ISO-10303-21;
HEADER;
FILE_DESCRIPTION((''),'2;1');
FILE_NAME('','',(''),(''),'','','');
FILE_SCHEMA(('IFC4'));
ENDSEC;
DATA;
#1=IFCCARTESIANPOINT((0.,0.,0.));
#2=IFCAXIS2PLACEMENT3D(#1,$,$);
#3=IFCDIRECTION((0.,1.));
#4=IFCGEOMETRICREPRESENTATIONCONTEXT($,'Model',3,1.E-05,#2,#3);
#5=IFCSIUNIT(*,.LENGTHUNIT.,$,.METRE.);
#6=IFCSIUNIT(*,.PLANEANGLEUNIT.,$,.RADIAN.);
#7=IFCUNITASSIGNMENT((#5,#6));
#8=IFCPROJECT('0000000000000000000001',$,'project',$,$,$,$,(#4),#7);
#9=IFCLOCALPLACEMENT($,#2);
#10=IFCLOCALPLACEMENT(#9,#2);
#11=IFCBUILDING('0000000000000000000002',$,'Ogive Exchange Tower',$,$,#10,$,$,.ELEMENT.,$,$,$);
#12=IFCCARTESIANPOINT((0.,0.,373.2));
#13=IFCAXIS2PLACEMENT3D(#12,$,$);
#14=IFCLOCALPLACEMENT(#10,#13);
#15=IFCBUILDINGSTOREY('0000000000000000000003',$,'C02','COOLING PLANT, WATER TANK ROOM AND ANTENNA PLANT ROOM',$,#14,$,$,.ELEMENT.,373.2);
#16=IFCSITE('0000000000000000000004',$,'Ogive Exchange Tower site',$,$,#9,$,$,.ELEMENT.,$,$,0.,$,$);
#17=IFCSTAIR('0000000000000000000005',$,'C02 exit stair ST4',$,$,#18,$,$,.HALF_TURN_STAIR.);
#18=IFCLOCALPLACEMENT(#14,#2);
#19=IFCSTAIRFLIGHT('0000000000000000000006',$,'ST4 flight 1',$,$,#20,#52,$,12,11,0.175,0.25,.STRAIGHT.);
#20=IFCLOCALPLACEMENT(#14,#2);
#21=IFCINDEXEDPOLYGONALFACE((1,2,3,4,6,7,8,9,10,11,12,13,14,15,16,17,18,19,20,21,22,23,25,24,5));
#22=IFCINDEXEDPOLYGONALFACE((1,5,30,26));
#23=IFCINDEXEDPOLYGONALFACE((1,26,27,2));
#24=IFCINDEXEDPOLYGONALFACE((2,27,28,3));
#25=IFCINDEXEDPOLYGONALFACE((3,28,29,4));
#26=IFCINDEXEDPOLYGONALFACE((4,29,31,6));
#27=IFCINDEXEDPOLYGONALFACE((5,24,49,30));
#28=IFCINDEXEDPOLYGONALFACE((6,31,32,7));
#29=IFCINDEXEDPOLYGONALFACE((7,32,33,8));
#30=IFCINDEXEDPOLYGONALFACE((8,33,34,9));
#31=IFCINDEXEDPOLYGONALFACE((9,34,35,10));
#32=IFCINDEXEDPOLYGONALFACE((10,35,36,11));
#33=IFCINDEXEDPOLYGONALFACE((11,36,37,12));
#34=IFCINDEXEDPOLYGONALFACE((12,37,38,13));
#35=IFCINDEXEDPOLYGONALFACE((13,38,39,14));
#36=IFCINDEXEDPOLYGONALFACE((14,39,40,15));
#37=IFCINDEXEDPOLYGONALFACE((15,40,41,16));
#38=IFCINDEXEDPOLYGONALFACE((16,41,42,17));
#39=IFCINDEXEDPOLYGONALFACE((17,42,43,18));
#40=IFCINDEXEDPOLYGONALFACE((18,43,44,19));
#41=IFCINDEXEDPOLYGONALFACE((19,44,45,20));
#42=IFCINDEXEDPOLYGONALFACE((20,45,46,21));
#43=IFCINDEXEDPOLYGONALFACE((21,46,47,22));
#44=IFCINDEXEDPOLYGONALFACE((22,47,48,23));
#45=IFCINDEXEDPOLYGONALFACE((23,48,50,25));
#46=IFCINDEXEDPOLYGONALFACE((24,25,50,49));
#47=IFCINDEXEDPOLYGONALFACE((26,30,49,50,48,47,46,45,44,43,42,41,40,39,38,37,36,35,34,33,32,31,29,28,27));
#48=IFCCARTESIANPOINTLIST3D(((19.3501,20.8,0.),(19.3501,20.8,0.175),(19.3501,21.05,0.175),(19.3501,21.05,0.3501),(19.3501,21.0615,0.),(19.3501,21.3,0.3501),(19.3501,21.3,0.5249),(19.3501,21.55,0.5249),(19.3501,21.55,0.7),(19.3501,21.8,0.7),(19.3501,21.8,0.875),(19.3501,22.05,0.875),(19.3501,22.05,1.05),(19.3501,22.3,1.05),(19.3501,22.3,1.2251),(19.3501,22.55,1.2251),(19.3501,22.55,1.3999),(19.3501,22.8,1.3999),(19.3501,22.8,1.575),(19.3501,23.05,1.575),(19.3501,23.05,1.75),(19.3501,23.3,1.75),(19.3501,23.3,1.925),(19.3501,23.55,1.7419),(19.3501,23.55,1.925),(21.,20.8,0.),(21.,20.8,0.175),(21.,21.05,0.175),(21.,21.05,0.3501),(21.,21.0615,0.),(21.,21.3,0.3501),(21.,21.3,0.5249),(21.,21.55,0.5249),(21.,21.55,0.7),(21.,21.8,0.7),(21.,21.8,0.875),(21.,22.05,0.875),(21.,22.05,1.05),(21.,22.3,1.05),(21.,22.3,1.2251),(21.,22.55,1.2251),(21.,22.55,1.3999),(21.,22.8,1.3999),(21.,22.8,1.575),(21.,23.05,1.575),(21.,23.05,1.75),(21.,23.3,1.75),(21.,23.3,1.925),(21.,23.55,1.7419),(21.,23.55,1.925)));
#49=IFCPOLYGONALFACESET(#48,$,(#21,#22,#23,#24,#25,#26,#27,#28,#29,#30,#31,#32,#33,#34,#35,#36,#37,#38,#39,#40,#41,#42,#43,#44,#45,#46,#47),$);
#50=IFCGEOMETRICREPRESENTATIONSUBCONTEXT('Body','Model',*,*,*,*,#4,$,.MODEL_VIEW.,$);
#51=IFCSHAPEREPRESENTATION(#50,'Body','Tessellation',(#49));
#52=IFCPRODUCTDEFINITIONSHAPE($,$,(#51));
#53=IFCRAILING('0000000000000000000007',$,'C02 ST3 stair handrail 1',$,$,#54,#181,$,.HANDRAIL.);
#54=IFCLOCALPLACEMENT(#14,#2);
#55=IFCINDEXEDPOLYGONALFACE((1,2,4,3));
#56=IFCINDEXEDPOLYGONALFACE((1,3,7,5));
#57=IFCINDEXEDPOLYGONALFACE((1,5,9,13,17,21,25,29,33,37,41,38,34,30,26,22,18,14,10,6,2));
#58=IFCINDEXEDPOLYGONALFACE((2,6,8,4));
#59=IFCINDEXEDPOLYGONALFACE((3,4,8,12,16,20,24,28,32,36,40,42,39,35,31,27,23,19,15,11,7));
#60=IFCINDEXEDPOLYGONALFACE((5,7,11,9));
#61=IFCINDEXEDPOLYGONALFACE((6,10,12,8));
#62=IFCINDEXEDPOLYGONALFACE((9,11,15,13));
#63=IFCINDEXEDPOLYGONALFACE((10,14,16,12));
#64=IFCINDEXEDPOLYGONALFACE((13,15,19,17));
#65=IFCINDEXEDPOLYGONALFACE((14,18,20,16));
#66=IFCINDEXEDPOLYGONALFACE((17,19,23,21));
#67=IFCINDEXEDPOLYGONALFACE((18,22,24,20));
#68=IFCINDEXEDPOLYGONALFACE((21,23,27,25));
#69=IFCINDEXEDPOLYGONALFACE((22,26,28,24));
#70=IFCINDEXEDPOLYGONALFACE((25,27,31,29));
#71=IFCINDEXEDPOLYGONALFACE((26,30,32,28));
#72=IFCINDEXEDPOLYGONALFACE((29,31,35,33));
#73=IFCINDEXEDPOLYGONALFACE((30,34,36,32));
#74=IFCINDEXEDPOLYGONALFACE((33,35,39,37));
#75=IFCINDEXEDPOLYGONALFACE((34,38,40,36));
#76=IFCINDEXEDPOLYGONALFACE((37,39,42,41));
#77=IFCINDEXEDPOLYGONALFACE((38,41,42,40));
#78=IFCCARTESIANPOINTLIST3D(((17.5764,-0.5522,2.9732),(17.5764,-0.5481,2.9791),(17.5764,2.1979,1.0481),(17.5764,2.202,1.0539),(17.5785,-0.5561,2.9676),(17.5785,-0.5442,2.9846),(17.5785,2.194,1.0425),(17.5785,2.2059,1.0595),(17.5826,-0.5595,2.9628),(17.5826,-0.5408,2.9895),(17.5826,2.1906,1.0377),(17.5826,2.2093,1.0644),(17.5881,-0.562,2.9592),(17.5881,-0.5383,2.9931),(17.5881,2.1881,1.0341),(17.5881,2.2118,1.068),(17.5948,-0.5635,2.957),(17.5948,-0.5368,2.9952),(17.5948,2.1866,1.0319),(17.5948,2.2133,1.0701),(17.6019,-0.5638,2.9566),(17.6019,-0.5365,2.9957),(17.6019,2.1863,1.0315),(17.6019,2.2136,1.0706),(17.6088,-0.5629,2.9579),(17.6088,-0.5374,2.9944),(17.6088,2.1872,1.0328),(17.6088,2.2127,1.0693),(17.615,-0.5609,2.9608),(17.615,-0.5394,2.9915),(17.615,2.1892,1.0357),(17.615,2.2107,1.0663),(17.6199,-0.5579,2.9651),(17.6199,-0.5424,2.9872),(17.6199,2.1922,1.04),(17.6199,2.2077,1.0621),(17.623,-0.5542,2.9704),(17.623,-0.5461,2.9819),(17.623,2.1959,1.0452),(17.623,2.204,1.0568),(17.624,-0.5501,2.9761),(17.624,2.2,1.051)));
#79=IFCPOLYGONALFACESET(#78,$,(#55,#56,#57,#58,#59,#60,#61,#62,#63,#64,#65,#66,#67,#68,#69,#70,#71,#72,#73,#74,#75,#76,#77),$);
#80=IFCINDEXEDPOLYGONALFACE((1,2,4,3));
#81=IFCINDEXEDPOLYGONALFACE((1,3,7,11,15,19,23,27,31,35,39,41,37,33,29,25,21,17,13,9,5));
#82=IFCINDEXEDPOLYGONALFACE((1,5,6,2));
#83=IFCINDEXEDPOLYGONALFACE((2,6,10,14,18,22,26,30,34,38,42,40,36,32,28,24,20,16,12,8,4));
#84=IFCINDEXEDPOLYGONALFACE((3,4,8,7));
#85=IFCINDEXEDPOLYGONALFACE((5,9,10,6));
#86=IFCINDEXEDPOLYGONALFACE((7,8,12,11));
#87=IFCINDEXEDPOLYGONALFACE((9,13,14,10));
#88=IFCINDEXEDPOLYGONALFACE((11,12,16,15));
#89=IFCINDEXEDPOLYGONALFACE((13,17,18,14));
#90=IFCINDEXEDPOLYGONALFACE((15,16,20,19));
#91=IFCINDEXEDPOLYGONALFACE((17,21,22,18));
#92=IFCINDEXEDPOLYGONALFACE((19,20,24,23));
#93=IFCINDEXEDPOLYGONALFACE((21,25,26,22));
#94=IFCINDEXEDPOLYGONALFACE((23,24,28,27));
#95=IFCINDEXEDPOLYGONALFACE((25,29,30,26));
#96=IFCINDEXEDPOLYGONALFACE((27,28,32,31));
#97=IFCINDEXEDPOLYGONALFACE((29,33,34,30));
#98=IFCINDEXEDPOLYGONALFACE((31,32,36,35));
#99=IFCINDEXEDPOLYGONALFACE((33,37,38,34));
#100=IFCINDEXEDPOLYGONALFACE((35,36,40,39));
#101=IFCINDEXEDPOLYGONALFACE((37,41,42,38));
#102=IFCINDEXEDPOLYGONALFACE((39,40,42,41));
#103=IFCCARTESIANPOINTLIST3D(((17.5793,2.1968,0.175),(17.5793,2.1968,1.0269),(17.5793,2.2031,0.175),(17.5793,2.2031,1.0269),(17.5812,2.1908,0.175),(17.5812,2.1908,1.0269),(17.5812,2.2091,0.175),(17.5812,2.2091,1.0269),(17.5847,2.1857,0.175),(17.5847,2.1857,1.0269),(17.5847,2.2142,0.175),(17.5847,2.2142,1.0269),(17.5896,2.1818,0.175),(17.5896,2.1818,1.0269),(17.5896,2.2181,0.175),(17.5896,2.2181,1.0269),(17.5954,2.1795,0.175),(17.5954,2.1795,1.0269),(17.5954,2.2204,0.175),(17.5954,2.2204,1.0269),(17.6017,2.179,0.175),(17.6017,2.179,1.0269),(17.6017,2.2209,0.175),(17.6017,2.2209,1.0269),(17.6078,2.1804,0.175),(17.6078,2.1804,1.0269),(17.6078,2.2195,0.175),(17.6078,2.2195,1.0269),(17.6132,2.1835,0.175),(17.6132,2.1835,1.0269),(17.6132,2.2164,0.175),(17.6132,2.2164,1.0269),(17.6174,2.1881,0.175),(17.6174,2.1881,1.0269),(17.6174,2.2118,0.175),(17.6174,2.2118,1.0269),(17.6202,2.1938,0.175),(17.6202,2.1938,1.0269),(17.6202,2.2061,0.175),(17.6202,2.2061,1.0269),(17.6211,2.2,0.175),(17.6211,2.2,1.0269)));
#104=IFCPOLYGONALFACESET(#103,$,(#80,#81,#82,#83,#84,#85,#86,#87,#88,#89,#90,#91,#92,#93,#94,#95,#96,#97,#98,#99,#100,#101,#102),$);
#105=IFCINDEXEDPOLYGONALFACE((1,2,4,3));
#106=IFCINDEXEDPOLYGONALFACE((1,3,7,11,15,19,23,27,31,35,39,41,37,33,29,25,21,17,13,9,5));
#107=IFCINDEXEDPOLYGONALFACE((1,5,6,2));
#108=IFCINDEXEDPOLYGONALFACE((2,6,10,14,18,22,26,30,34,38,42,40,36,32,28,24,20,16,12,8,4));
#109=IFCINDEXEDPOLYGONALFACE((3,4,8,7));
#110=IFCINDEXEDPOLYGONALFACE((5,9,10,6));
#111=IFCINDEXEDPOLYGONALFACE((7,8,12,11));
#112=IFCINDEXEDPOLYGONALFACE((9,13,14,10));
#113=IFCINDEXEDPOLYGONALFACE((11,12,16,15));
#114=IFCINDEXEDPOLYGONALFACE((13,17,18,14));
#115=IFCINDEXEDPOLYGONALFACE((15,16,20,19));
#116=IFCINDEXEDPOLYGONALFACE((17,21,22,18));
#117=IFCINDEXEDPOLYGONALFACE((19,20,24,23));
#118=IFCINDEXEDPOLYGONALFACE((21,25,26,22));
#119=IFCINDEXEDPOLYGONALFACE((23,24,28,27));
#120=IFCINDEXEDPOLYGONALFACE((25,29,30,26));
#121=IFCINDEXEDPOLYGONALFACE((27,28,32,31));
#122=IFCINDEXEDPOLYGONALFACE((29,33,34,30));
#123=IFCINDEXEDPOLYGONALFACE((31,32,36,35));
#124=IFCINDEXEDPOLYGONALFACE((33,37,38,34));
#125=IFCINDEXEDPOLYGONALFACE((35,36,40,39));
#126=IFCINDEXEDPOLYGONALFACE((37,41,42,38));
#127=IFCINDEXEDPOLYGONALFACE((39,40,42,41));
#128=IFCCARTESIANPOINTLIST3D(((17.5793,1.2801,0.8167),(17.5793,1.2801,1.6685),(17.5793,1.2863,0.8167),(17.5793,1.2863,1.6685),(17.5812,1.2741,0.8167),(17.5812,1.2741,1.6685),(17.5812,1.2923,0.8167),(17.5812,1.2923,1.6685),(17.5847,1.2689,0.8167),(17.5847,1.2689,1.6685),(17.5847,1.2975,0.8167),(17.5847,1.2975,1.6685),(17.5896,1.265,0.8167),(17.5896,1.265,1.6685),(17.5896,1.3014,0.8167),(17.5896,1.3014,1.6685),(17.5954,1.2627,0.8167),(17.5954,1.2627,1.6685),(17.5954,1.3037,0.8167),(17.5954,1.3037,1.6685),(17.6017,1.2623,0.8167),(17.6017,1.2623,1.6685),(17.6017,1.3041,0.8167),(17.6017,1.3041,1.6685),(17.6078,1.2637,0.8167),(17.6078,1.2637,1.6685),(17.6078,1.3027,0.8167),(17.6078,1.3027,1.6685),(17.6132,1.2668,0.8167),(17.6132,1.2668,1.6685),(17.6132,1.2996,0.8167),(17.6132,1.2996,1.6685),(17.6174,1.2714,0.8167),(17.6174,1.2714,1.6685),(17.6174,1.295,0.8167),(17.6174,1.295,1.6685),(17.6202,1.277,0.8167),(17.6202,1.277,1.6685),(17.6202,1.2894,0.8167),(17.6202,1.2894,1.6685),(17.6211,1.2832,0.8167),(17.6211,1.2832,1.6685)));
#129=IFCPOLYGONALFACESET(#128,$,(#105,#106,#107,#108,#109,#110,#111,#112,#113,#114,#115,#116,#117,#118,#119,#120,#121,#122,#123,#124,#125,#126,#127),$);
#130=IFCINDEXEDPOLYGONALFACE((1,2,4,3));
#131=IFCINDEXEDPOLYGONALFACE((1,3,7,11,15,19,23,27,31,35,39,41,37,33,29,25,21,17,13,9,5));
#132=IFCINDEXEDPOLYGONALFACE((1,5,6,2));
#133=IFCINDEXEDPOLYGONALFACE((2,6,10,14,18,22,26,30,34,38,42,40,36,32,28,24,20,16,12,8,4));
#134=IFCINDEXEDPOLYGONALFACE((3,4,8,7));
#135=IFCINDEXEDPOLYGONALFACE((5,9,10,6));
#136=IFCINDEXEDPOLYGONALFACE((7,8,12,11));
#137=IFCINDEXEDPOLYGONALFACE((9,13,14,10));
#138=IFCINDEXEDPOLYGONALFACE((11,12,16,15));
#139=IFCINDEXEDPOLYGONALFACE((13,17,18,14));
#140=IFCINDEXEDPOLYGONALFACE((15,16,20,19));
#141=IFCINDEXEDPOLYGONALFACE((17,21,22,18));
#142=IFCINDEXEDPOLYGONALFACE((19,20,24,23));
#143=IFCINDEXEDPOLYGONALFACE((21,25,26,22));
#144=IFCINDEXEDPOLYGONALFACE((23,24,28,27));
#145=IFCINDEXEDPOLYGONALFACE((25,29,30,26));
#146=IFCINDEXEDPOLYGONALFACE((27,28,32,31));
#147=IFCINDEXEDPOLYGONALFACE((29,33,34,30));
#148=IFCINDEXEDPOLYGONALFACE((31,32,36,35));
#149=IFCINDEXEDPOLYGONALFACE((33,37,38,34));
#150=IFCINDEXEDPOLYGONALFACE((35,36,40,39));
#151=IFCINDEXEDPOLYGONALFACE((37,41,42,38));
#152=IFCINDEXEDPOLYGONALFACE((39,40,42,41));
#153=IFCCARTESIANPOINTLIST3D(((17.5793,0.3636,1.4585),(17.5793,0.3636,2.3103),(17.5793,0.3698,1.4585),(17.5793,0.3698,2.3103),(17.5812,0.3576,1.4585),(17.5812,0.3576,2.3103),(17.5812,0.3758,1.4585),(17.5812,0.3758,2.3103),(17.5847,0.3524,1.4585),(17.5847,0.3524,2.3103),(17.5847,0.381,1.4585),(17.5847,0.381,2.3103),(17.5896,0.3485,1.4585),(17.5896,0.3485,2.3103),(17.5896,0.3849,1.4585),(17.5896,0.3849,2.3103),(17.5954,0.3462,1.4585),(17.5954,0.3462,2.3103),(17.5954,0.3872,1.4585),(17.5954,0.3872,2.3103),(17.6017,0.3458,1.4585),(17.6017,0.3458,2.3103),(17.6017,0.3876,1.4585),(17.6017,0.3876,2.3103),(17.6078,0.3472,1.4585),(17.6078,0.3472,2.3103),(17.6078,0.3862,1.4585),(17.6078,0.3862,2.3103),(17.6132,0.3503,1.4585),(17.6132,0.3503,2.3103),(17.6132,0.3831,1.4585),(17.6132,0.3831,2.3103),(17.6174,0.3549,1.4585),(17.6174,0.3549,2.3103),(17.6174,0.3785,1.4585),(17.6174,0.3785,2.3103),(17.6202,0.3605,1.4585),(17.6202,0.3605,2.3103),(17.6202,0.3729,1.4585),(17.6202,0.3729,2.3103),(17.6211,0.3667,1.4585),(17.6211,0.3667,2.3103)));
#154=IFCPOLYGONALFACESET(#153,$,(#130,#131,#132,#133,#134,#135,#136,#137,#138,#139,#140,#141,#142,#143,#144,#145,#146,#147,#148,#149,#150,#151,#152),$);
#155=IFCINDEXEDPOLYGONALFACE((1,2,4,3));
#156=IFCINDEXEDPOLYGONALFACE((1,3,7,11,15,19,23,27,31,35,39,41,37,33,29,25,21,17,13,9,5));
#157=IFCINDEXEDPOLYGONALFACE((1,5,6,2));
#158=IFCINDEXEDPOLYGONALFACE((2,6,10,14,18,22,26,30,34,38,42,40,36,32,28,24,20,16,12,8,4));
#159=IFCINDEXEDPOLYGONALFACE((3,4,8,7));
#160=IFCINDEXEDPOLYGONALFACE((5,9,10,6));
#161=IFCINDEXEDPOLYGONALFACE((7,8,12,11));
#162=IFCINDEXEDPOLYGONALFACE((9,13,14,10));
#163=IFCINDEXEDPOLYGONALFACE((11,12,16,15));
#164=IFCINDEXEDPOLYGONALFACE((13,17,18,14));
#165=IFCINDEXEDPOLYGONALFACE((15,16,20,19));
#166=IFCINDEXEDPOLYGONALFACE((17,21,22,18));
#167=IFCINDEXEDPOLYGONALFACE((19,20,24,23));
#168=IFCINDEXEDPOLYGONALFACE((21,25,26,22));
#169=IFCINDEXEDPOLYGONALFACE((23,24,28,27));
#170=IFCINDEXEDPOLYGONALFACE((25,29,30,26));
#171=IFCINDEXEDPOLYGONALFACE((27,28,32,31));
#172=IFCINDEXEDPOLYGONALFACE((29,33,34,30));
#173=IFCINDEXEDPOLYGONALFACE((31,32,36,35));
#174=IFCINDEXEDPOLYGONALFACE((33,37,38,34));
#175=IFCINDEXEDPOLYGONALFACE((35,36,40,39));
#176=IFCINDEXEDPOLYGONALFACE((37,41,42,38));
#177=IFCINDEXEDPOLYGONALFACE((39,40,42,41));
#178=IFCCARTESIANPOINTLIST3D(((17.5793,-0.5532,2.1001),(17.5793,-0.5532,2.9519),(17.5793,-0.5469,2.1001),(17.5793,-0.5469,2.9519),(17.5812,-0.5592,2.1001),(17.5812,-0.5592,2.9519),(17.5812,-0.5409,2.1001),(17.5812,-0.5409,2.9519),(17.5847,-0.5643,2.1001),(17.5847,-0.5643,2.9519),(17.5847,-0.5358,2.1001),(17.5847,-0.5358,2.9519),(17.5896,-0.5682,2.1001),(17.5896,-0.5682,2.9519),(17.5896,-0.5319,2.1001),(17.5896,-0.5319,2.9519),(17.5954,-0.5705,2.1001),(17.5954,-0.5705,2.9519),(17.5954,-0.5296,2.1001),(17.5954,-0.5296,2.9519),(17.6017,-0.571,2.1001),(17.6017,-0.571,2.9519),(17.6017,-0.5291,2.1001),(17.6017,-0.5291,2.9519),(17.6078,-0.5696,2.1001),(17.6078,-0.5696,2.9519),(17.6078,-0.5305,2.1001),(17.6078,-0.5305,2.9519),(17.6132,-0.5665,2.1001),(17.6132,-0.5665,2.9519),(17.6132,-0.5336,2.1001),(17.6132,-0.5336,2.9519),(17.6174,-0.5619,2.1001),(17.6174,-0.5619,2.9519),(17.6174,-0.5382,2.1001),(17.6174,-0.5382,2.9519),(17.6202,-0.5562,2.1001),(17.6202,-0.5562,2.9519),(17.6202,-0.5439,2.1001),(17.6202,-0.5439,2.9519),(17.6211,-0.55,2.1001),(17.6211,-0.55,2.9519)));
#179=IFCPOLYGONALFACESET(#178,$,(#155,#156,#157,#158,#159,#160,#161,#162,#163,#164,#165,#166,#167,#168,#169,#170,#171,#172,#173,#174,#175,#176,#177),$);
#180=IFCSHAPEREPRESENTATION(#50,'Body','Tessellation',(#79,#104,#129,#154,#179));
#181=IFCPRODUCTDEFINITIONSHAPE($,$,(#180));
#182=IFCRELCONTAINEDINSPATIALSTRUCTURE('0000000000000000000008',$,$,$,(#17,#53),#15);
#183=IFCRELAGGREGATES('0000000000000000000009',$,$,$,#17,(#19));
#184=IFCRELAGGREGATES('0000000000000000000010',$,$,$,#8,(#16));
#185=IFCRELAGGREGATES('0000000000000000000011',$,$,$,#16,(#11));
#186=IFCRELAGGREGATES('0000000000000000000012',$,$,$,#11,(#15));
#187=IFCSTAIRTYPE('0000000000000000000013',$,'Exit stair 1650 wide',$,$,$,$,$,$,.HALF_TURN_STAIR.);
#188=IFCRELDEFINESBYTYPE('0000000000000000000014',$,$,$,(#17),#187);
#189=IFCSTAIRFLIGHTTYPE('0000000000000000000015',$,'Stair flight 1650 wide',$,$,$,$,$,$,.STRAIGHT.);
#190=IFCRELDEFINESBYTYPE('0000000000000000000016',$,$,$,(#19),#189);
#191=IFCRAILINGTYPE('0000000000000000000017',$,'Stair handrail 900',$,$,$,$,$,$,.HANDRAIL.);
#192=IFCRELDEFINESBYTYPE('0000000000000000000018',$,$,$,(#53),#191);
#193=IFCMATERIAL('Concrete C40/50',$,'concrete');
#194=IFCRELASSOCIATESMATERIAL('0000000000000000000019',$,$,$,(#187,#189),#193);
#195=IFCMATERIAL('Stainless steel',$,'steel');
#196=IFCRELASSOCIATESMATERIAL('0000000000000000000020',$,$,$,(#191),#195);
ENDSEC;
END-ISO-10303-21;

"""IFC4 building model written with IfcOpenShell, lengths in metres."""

from ifc_helpers import new_model, si_unit, direction, frame, origin, origin_2d, place, context, subcontext, project, spatial, polyline, circle, outline, extrude, material, type_object, element, aggregate, save


model = new_model("IFC4")

# Units and contexts
model_context = context("Model", 3, precision=1e-05, world=origin(), true_north=direction((0.0, 1.0)))
body_context = subcontext(model_context, "Body", "Model", "MODEL_VIEW")
ifc_project = project(units=[si_unit("LENGTHUNIT", "METRE"), si_unit("PLANEANGLEUNIT", "RADIAN")], contexts=[model_context])

# Site, building, storey
site_placement = place(None, origin())
site = spatial("IfcSite", under=ifc_project, at=site_placement, Name="Ogive Exchange Tower site", CompositionType="ELEMENT", RefElevation=0.0)
building_placement = place(site_placement, origin())
building = spatial("IfcBuilding", under=site, at=building_placement, Name="Ogive Exchange Tower", CompositionType="ELEMENT")
storey_placement = place(building_placement, frame((0.0, 0.0, 373.2)))
storey = spatial("IfcBuildingStorey", under=building, at=storey_placement, Name="C02", Description="COOLING PLANT, WATER TANK ROOM AND ANTENNA PLANT ROOM", CompositionType="ELEMENT", Elevation=373.2)

# Shared definitions
ifc_material_1 = material(Name="Stainless steel", Category="steel")

# Stair, stair flight
ifc_material_2 = material(Name="Concrete C40/50", Category="concrete")
stair_type = type_object("IfcStairType", Name="Exit stair 1650 wide", PredefinedType="HALF_TURN_STAIR", material=ifc_material_2)
stair_flight_type = type_object("IfcStairFlightType", Name="Stair flight 1650 wide", PredefinedType="STRAIGHT", material=ifc_material_2)
stair_1_placement = place(storey_placement, origin())
stair_1 = element("IfcStair", 1, at=stair_1_placement, inside=storey, type_object=stair_type, Name="C02 exit stair ST4", PredefinedType="HALF_TURN_STAIR")
stair_flight_1_placement = place(storey_placement, frame((20.175, 20.8, 0.0), z_axis=(0.0, 0.0, 1.0), x_axis=(0.0, 1.0, 0.0)))
stair_flight_1 = element("IfcStairFlight", 2, at=stair_flight_1_placement, type_object=stair_flight_type, Name="ST4 flight 1", NumberOfRisers=12, NumberOfTreads=11, PredefinedType="STRAIGHT", RiserHeight=0.175, TreadLength=0.25, context=body_context, shape_type="SweptSolid", body=[
    extrude(outline(polyline([(0.0, 0.0), (0.0, 0.175), (0.25, 0.175), (0.25, 0.3501), (0.5, 0.3501), (0.5, 0.5249), (0.75, 0.5249), (0.75, 0.7), (1.0, 0.7), (1.0, 0.875), (1.25, 0.875), (1.25, 1.05), (1.5, 1.05), (1.5, 1.2251), (1.75, 1.2251), (1.75, 1.3999), (2.0, 1.3999), (2.0, 1.575), (2.25, 1.575), (2.25, 1.75), (2.5, 1.75), (2.5, 1.925), (2.75, 1.925), (2.75, 2.1001), (2.75, 1.7419), (0.2615, 0.0), (0.0, 0.0)])), frame((0.0, 0.825, 0.0), z_axis=(0.0, -1.0, 0.0), x_axis=(1.0, 0.0, 0.0)), (0.0, 0.0, 1.0), 1.6499),
])
aggregate(stair_1, [stair_flight_1])

# Railing
railing_type = type_object("IfcRailingType", Name="Stair handrail 900", PredefinedType="HANDRAIL", material=ifc_material_1)
railing_1_placement = place(storey_placement, frame((17.6001, 2.2, 0.175)))
element("IfcRailing", 3, at=railing_1_placement, inside=storey, type_object=railing_type, Name="C02 ST3 stair handrail 1", PredefinedType="HANDRAIL", context=body_context, shape_type="SweptSolid", body=[
    extrude(circle(Radius=0.0239, at=origin_2d()), frame((0.0, 0.0, 0.876), z_axis=(0.0, -0.819225, 0.573472), x_axis=(1.0, 0.0, 0.0)), (0.0, 0.0, 1.0), 3.3569),
    extrude(circle(Radius=0.021, at=origin_2d()), origin(), (0.0, 0.0, 1.0), 0.8518),
    extrude(circle(Radius=0.021, at=origin_2d()), frame((0.0, -0.9167, 0.6416)), (0.0, 0.0, 1.0), 0.8518),
    extrude(circle(Radius=0.021, at=origin_2d()), frame((0.0, -1.8333, 1.2834)), (0.0, 0.0, 1.0), 0.8518),
    extrude(circle(Radius=0.021, at=origin_2d()), frame((0.0, -2.75, 1.925)), (0.0, 0.0, 1.0), 0.8518),
])

save(model, "model.ifc")
